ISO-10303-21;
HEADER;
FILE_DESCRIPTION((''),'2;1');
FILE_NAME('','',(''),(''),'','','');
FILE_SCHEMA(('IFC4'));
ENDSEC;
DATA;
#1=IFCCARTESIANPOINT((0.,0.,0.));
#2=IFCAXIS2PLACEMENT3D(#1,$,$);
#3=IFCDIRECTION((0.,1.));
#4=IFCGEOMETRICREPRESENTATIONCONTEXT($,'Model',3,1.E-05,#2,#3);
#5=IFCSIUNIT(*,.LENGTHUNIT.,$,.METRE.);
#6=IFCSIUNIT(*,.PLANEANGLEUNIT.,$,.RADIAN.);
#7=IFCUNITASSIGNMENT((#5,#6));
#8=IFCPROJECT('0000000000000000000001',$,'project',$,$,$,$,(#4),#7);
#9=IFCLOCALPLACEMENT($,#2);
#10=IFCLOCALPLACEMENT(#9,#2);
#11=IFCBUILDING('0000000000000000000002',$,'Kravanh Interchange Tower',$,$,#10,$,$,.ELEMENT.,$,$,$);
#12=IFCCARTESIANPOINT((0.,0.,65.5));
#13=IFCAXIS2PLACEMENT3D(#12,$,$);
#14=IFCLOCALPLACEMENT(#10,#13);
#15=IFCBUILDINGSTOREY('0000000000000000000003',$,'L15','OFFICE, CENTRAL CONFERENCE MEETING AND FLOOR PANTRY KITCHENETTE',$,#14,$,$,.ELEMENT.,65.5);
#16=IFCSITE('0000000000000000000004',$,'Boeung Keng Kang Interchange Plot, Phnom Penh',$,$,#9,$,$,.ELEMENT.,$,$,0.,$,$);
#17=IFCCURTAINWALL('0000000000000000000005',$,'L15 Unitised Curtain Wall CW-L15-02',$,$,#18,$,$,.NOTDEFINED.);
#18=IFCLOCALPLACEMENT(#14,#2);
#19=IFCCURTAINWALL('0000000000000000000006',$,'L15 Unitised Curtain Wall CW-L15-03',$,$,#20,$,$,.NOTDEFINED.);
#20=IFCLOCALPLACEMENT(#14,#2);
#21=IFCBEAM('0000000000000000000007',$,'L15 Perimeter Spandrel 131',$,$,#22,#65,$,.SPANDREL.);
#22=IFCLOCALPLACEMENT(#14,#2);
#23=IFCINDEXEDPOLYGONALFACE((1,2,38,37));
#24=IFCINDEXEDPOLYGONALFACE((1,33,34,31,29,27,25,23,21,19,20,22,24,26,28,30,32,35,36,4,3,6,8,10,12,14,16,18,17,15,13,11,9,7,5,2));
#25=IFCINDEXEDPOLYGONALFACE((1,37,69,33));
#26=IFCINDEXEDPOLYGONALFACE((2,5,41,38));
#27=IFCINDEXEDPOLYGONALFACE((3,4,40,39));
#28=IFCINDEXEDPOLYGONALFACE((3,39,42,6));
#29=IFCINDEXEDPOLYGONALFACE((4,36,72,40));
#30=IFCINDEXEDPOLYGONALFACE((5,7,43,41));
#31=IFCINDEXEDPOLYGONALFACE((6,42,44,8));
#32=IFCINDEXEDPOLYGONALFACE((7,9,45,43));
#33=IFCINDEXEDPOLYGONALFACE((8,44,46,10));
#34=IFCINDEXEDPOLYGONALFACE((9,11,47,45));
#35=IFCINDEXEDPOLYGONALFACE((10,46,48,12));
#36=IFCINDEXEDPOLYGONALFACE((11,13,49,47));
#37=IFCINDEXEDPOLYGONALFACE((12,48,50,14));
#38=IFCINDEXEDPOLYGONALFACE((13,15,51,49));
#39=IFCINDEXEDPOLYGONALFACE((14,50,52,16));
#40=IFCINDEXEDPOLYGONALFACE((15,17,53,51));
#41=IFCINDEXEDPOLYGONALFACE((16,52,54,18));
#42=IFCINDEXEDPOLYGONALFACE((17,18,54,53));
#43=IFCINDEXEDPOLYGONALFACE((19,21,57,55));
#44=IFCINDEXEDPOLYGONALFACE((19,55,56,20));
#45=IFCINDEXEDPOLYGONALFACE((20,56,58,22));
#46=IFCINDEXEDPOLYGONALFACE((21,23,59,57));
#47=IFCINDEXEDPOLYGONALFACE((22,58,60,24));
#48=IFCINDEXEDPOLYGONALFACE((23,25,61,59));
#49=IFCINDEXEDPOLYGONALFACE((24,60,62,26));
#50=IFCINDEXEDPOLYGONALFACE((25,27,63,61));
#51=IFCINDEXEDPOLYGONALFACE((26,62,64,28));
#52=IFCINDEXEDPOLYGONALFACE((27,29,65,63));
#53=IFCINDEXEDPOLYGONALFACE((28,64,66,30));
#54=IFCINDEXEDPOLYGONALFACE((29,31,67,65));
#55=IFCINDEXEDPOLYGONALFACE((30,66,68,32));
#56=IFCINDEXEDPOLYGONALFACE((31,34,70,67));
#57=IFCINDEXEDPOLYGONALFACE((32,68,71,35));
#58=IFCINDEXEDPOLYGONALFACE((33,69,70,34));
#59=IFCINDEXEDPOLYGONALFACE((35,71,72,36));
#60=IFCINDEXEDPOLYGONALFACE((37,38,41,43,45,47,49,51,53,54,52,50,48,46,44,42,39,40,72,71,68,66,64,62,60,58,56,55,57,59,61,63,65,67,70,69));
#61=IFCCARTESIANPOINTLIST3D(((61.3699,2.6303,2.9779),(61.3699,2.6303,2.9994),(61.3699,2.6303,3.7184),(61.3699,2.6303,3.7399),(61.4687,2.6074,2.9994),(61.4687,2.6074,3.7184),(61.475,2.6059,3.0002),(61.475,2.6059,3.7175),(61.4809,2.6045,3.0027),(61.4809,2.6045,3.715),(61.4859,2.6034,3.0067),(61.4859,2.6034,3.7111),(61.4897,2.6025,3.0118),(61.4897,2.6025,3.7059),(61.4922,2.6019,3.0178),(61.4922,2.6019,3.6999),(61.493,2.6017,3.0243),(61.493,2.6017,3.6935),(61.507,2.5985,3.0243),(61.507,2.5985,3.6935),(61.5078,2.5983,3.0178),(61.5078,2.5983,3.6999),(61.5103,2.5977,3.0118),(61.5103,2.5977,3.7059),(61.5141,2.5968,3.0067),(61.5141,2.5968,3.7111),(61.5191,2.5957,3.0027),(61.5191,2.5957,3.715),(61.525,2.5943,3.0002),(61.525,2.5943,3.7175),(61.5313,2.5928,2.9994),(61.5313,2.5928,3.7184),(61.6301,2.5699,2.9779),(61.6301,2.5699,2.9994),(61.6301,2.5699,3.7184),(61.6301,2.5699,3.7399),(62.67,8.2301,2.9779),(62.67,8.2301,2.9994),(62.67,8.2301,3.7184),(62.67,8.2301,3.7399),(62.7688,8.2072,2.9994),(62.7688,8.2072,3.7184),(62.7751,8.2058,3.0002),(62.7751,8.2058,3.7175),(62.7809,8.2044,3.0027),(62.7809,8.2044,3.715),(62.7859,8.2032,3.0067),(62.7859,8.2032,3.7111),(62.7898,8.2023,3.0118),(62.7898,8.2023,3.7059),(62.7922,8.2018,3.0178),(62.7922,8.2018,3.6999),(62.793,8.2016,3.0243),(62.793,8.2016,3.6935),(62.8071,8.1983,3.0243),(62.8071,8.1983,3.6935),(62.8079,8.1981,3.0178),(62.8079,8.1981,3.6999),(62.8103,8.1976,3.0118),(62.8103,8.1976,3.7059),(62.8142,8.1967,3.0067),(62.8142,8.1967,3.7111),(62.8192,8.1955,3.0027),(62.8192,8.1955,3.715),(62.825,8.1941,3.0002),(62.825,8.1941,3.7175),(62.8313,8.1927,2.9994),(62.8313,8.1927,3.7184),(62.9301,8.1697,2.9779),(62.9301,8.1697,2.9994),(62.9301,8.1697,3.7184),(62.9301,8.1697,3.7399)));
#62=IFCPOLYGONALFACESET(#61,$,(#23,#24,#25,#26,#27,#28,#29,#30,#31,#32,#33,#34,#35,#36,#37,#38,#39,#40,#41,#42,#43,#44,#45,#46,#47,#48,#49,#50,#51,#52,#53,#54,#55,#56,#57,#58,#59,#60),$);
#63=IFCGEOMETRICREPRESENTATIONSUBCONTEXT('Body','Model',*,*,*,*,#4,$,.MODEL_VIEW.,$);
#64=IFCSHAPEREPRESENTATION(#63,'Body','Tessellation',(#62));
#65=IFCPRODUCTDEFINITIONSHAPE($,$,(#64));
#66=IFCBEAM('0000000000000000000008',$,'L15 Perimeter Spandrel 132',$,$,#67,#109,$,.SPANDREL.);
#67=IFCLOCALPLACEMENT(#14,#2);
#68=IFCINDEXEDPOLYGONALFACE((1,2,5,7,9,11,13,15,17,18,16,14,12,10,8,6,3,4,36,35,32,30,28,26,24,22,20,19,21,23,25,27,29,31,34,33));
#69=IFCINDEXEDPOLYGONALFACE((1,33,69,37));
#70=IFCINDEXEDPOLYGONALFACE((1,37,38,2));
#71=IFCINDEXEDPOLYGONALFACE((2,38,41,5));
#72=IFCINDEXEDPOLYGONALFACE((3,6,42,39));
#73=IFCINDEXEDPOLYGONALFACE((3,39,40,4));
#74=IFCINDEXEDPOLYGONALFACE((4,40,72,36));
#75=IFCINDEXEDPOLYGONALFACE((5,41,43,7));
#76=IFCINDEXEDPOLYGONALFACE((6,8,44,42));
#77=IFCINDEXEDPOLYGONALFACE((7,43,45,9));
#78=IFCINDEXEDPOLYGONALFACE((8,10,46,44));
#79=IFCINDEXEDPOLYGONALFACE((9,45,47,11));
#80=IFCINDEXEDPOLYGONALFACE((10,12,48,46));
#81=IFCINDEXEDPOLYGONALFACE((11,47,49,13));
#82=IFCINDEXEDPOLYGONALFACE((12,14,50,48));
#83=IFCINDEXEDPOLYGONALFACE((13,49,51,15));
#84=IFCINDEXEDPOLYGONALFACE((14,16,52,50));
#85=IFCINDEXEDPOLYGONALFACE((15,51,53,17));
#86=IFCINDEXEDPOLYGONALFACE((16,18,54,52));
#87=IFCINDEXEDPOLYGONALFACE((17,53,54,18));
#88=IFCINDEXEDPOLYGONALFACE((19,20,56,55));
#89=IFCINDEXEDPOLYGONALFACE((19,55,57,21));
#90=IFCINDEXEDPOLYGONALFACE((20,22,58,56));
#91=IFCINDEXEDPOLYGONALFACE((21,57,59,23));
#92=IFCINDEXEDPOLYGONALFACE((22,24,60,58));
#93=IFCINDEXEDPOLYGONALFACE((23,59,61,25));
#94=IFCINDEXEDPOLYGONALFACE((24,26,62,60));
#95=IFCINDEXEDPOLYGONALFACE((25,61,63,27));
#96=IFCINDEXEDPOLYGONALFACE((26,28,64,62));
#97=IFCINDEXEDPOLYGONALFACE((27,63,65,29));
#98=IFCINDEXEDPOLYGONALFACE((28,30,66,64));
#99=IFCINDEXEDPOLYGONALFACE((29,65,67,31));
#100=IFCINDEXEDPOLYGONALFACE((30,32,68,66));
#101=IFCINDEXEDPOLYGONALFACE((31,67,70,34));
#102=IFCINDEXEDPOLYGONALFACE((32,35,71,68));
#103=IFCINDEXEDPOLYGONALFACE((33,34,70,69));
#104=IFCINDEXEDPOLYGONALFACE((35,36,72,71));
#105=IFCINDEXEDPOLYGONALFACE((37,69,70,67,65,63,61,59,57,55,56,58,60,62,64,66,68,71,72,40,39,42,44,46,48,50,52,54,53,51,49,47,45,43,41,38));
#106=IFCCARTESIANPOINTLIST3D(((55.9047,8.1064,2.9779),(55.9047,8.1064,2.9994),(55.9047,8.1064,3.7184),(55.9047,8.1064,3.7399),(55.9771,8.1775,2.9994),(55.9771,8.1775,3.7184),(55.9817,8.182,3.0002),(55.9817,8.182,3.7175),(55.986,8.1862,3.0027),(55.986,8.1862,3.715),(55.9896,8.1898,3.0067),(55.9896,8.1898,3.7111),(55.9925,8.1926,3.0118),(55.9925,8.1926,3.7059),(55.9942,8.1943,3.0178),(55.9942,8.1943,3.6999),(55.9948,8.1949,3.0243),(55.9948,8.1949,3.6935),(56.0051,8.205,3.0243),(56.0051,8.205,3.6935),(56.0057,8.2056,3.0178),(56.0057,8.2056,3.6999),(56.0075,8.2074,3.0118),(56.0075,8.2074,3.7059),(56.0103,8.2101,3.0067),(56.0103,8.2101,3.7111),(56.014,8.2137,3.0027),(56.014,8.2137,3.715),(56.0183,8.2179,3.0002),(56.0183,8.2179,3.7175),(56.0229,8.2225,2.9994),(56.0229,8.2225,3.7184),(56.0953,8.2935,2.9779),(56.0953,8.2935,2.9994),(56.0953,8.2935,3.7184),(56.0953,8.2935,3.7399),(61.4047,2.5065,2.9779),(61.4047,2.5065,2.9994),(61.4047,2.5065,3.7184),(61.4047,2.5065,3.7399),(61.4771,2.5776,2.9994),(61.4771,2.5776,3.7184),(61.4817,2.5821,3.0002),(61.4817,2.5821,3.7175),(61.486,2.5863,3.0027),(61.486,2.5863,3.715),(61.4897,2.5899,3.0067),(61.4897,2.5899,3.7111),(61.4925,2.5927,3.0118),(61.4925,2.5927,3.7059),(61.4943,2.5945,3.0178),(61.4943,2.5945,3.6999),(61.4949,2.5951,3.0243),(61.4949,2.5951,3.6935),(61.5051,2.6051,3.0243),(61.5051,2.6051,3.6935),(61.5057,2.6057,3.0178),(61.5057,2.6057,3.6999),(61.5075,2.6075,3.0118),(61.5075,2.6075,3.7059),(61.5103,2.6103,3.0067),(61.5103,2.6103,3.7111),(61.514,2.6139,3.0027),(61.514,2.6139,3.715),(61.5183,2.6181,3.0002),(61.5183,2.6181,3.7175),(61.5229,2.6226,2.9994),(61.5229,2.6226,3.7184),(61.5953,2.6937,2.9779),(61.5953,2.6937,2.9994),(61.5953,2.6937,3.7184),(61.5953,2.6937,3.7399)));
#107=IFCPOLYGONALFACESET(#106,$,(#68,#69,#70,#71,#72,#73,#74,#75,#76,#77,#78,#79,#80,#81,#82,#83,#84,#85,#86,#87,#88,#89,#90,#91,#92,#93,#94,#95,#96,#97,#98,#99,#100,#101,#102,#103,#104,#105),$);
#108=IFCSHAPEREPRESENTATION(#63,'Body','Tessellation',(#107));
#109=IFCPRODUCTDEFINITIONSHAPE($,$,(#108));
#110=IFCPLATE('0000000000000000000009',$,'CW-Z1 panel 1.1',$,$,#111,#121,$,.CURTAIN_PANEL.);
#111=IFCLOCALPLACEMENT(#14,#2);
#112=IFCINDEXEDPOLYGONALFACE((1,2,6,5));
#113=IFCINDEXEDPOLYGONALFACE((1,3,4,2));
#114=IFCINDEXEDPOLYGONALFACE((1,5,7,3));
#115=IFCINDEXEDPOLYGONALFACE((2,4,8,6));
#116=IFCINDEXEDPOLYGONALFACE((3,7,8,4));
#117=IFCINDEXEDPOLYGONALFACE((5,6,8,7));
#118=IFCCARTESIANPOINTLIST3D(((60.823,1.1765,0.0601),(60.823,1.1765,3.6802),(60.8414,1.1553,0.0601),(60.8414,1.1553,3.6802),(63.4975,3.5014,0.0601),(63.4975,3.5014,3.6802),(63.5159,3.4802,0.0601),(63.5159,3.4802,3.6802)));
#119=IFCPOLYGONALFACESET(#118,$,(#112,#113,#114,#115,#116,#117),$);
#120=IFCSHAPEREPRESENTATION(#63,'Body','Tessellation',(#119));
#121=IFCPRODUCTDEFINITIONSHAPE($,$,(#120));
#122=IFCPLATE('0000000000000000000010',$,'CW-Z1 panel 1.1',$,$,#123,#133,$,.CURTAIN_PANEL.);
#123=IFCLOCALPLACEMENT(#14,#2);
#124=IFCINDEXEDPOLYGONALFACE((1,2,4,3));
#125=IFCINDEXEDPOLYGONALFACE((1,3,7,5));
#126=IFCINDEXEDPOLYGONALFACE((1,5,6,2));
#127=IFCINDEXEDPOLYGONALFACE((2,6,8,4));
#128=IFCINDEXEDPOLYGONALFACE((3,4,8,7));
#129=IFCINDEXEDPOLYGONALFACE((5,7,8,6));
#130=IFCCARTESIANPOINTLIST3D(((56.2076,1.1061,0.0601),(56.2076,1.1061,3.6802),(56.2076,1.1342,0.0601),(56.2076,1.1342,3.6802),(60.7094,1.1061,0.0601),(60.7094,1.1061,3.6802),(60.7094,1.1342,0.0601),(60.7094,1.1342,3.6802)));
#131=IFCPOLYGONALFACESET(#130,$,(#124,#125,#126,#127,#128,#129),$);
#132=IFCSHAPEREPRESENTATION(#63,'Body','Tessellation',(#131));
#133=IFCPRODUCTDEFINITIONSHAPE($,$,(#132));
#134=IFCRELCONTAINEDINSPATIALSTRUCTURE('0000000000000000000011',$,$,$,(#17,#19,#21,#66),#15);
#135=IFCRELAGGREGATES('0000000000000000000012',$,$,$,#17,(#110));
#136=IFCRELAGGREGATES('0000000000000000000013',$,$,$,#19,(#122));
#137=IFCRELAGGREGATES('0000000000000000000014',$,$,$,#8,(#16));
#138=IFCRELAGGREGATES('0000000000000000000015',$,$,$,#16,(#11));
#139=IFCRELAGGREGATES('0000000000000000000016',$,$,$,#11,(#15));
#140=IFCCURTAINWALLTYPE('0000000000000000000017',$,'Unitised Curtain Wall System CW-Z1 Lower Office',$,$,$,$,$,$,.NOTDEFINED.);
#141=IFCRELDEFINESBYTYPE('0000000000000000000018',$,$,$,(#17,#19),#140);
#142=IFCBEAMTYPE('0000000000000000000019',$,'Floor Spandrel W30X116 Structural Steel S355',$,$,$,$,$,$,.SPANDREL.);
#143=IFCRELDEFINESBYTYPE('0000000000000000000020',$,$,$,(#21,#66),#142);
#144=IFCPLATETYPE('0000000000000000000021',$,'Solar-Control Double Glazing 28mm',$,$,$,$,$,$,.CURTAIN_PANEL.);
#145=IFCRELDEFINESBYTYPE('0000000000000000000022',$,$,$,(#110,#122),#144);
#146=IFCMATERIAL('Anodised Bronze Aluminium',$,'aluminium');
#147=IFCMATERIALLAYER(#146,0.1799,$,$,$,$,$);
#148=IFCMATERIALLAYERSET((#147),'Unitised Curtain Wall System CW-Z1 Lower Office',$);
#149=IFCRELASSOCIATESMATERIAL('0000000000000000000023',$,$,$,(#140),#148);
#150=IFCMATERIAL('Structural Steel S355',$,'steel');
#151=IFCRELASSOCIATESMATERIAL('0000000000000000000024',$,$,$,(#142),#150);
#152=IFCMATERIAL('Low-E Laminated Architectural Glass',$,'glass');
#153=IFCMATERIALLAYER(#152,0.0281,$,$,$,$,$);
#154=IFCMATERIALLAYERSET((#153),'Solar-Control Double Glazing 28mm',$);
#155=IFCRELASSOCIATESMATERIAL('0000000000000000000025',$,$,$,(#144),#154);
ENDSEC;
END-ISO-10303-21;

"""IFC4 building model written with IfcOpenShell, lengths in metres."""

from ifc_helpers import new_model, si_unit, direction, frame, origin, origin_2d, place, context, subcontext, project, spatial, rectangle, i_section, extrude, material, layer, layer_set, material_profile, profile_set, type_object, element, aggregate, save


model = new_model("IFC4")

# Units and contexts
model_context = context("Model", 3, precision=1e-05, world=origin(), true_north=direction((0.0, 1.0)))
body_context = subcontext(model_context, "Body", "Model", "MODEL_VIEW")
ifc_project = project(units=[si_unit("LENGTHUNIT", "METRE"), si_unit("PLANEANGLEUNIT", "RADIAN")], contexts=[model_context])

# Site, building, storey
site_placement = place(None, origin())
site = spatial("IfcSite", under=ifc_project, at=site_placement, Name="Boeung Keng Kang Interchange Plot, Phnom Penh", CompositionType="ELEMENT", RefElevation=0.0)
building_placement = place(site_placement, origin())
building = spatial("IfcBuilding", under=site, at=building_placement, Name="Kravanh Interchange Tower", CompositionType="ELEMENT")
storey_placement = place(building_placement, frame((0.0, 0.0, 65.5)))
storey = spatial("IfcBuildingStorey", under=building, at=storey_placement, Name="L15", Description="OFFICE, CENTRAL CONFERENCE MEETING AND FLOOR PANTRY KITCHENETTE", CompositionType="ELEMENT", Elevation=65.5)

# Curtain walls
ifc_material_1 = material(Name="Anodised Bronze Aluminium", Category="aluminium")
ifc_layer_1 = layer(ifc_material_1, 0.1799)
ifc_layer_set_1 = layer_set([ifc_layer_1], Name="Unitised Curtain Wall System CW-Z1 Lower Office")
curtain_wall_type = type_object("IfcCurtainWallType", Name="Unitised Curtain Wall System CW-Z1 Lower Office", PredefinedType="NOTDEFINED", material=ifc_layer_set_1)
curtain_wall_1_placement = place(storey_placement, origin())
curtain_wall_1 = element("IfcCurtainWall", 1, at=curtain_wall_1_placement, inside=storey, type_object=curtain_wall_type, Name="L15 Unitised Curtain Wall CW-L15-02", PredefinedType="NOTDEFINED")
curtain_wall_2_placement = place(storey_placement, origin())
curtain_wall_2 = element("IfcCurtainWall", 2, at=curtain_wall_2_placement, inside=storey, type_object=curtain_wall_type, Name="L15 Unitised Curtain Wall CW-L15-03", PredefinedType="NOTDEFINED")

# Beams
ifc_material_2 = material(Name="Structural Steel S355", Category="steel")
ifc_material_profile_1 = material_profile(ifc_material_2, i_section(OverallWidth=0.2671, OverallDepth=0.762, WebThickness=0.0144, FlangeThickness=0.0215, FilletRadius=0.0249, at=origin_2d()), Name="W30X116")
ifc_profile_set_1 = profile_set([ifc_material_profile_1], Name="Structural Steel S355")
beam_type_1 = type_object("IfcBeamType", Name="Floor Spandrel W30X116 Structural Steel S355", PredefinedType="SPANDREL", material=ifc_profile_set_1)
beam_1_placement = place(storey_placement, frame((61.5, 2.6001, 3.3589), z_axis=(0.226143, 0.974094, 0.0), x_axis=(-0.974094, 0.226143, 0.0)))
element("IfcBeam", 3, at=beam_1_placement, inside=storey, type_object=beam_type_1, Name="L15 Perimeter Spandrel 131", PredefinedType="SPANDREL", context=body_context, shape_type="SweptSolid", body=[
    extrude(i_section(OverallWidth=0.2671, OverallDepth=0.762, WebThickness=0.0144, FlangeThickness=0.0215, FilletRadius=0.0249, at=origin_2d()), origin(), (0.0, 0.0, 1.0), 5.7488),
])
beam_2_placement = place(storey_placement, frame((61.5, 2.6001, 3.3589), z_axis=(-0.700717, 0.713439, 0.0), x_axis=(-0.713439, -0.700717, 0.0)))
element("IfcBeam", 4, at=beam_2_placement, inside=storey, type_object=beam_type_1, Name="L15 Perimeter Spandrel 132", PredefinedType="SPANDREL", context=body_context, shape_type="SweptSolid", body=[
    extrude(i_section(OverallWidth=0.2671, OverallDepth=0.762, WebThickness=0.0144, FlangeThickness=0.0215, FilletRadius=0.0249, at=origin_2d()), origin(), (0.0, 0.0, 1.0), 7.8491),
])

# Plates
ifc_material_3 = material(Name="Low-E Laminated Architectural Glass", Category="glass")
ifc_layer_2 = layer(ifc_material_3, 0.0281)
ifc_layer_set_2 = layer_set([ifc_layer_2], Name="Solar-Control Double Glazing 28mm")
plate_type = type_object("IfcPlateType", Name="Solar-Control Double Glazing 28mm", PredefinedType="CURTAIN_PANEL", material=ifc_layer_set_2)
plate_1_placement = place(storey_placement, frame((62.1694, 2.3284, 0.0601), z_axis=(0.0, 0.0, 1.0), x_axis=(-0.754708, -0.65606, 0.0)))
plate_1 = element("IfcPlate", 5, at=plate_1_placement, type_object=plate_type, Name="CW-Z1 panel 1.1", PredefinedType="CURTAIN_PANEL", context=body_context, shape_type="SweptSolid", body=[
    extrude(rectangle(XDim=3.5437, YDim=0.0281, at=origin_2d()), origin(), (0.0, 0.0, 1.0), 3.6201),
])
aggregate(curtain_wall_1, [plate_1])
plate_2_placement = place(storey_placement, frame((58.4585, 1.1201, 0.0601), z_axis=(0.0, 0.0, 1.0), x_axis=(-1.0, 0.0, 0.0)))
plate_2 = element("IfcPlate", 6, at=plate_2_placement, type_object=plate_type, Name="CW-Z1 panel 1.1", PredefinedType="CURTAIN_PANEL", context=body_context, shape_type="SweptSolid", body=[
    extrude(rectangle(XDim=4.5017, YDim=0.0281, at=origin_2d()), origin(), (0.0, 0.0, 1.0), 3.6201),
])
aggregate(curtain_wall_2, [plate_2])

save(model, "model.ifc")
